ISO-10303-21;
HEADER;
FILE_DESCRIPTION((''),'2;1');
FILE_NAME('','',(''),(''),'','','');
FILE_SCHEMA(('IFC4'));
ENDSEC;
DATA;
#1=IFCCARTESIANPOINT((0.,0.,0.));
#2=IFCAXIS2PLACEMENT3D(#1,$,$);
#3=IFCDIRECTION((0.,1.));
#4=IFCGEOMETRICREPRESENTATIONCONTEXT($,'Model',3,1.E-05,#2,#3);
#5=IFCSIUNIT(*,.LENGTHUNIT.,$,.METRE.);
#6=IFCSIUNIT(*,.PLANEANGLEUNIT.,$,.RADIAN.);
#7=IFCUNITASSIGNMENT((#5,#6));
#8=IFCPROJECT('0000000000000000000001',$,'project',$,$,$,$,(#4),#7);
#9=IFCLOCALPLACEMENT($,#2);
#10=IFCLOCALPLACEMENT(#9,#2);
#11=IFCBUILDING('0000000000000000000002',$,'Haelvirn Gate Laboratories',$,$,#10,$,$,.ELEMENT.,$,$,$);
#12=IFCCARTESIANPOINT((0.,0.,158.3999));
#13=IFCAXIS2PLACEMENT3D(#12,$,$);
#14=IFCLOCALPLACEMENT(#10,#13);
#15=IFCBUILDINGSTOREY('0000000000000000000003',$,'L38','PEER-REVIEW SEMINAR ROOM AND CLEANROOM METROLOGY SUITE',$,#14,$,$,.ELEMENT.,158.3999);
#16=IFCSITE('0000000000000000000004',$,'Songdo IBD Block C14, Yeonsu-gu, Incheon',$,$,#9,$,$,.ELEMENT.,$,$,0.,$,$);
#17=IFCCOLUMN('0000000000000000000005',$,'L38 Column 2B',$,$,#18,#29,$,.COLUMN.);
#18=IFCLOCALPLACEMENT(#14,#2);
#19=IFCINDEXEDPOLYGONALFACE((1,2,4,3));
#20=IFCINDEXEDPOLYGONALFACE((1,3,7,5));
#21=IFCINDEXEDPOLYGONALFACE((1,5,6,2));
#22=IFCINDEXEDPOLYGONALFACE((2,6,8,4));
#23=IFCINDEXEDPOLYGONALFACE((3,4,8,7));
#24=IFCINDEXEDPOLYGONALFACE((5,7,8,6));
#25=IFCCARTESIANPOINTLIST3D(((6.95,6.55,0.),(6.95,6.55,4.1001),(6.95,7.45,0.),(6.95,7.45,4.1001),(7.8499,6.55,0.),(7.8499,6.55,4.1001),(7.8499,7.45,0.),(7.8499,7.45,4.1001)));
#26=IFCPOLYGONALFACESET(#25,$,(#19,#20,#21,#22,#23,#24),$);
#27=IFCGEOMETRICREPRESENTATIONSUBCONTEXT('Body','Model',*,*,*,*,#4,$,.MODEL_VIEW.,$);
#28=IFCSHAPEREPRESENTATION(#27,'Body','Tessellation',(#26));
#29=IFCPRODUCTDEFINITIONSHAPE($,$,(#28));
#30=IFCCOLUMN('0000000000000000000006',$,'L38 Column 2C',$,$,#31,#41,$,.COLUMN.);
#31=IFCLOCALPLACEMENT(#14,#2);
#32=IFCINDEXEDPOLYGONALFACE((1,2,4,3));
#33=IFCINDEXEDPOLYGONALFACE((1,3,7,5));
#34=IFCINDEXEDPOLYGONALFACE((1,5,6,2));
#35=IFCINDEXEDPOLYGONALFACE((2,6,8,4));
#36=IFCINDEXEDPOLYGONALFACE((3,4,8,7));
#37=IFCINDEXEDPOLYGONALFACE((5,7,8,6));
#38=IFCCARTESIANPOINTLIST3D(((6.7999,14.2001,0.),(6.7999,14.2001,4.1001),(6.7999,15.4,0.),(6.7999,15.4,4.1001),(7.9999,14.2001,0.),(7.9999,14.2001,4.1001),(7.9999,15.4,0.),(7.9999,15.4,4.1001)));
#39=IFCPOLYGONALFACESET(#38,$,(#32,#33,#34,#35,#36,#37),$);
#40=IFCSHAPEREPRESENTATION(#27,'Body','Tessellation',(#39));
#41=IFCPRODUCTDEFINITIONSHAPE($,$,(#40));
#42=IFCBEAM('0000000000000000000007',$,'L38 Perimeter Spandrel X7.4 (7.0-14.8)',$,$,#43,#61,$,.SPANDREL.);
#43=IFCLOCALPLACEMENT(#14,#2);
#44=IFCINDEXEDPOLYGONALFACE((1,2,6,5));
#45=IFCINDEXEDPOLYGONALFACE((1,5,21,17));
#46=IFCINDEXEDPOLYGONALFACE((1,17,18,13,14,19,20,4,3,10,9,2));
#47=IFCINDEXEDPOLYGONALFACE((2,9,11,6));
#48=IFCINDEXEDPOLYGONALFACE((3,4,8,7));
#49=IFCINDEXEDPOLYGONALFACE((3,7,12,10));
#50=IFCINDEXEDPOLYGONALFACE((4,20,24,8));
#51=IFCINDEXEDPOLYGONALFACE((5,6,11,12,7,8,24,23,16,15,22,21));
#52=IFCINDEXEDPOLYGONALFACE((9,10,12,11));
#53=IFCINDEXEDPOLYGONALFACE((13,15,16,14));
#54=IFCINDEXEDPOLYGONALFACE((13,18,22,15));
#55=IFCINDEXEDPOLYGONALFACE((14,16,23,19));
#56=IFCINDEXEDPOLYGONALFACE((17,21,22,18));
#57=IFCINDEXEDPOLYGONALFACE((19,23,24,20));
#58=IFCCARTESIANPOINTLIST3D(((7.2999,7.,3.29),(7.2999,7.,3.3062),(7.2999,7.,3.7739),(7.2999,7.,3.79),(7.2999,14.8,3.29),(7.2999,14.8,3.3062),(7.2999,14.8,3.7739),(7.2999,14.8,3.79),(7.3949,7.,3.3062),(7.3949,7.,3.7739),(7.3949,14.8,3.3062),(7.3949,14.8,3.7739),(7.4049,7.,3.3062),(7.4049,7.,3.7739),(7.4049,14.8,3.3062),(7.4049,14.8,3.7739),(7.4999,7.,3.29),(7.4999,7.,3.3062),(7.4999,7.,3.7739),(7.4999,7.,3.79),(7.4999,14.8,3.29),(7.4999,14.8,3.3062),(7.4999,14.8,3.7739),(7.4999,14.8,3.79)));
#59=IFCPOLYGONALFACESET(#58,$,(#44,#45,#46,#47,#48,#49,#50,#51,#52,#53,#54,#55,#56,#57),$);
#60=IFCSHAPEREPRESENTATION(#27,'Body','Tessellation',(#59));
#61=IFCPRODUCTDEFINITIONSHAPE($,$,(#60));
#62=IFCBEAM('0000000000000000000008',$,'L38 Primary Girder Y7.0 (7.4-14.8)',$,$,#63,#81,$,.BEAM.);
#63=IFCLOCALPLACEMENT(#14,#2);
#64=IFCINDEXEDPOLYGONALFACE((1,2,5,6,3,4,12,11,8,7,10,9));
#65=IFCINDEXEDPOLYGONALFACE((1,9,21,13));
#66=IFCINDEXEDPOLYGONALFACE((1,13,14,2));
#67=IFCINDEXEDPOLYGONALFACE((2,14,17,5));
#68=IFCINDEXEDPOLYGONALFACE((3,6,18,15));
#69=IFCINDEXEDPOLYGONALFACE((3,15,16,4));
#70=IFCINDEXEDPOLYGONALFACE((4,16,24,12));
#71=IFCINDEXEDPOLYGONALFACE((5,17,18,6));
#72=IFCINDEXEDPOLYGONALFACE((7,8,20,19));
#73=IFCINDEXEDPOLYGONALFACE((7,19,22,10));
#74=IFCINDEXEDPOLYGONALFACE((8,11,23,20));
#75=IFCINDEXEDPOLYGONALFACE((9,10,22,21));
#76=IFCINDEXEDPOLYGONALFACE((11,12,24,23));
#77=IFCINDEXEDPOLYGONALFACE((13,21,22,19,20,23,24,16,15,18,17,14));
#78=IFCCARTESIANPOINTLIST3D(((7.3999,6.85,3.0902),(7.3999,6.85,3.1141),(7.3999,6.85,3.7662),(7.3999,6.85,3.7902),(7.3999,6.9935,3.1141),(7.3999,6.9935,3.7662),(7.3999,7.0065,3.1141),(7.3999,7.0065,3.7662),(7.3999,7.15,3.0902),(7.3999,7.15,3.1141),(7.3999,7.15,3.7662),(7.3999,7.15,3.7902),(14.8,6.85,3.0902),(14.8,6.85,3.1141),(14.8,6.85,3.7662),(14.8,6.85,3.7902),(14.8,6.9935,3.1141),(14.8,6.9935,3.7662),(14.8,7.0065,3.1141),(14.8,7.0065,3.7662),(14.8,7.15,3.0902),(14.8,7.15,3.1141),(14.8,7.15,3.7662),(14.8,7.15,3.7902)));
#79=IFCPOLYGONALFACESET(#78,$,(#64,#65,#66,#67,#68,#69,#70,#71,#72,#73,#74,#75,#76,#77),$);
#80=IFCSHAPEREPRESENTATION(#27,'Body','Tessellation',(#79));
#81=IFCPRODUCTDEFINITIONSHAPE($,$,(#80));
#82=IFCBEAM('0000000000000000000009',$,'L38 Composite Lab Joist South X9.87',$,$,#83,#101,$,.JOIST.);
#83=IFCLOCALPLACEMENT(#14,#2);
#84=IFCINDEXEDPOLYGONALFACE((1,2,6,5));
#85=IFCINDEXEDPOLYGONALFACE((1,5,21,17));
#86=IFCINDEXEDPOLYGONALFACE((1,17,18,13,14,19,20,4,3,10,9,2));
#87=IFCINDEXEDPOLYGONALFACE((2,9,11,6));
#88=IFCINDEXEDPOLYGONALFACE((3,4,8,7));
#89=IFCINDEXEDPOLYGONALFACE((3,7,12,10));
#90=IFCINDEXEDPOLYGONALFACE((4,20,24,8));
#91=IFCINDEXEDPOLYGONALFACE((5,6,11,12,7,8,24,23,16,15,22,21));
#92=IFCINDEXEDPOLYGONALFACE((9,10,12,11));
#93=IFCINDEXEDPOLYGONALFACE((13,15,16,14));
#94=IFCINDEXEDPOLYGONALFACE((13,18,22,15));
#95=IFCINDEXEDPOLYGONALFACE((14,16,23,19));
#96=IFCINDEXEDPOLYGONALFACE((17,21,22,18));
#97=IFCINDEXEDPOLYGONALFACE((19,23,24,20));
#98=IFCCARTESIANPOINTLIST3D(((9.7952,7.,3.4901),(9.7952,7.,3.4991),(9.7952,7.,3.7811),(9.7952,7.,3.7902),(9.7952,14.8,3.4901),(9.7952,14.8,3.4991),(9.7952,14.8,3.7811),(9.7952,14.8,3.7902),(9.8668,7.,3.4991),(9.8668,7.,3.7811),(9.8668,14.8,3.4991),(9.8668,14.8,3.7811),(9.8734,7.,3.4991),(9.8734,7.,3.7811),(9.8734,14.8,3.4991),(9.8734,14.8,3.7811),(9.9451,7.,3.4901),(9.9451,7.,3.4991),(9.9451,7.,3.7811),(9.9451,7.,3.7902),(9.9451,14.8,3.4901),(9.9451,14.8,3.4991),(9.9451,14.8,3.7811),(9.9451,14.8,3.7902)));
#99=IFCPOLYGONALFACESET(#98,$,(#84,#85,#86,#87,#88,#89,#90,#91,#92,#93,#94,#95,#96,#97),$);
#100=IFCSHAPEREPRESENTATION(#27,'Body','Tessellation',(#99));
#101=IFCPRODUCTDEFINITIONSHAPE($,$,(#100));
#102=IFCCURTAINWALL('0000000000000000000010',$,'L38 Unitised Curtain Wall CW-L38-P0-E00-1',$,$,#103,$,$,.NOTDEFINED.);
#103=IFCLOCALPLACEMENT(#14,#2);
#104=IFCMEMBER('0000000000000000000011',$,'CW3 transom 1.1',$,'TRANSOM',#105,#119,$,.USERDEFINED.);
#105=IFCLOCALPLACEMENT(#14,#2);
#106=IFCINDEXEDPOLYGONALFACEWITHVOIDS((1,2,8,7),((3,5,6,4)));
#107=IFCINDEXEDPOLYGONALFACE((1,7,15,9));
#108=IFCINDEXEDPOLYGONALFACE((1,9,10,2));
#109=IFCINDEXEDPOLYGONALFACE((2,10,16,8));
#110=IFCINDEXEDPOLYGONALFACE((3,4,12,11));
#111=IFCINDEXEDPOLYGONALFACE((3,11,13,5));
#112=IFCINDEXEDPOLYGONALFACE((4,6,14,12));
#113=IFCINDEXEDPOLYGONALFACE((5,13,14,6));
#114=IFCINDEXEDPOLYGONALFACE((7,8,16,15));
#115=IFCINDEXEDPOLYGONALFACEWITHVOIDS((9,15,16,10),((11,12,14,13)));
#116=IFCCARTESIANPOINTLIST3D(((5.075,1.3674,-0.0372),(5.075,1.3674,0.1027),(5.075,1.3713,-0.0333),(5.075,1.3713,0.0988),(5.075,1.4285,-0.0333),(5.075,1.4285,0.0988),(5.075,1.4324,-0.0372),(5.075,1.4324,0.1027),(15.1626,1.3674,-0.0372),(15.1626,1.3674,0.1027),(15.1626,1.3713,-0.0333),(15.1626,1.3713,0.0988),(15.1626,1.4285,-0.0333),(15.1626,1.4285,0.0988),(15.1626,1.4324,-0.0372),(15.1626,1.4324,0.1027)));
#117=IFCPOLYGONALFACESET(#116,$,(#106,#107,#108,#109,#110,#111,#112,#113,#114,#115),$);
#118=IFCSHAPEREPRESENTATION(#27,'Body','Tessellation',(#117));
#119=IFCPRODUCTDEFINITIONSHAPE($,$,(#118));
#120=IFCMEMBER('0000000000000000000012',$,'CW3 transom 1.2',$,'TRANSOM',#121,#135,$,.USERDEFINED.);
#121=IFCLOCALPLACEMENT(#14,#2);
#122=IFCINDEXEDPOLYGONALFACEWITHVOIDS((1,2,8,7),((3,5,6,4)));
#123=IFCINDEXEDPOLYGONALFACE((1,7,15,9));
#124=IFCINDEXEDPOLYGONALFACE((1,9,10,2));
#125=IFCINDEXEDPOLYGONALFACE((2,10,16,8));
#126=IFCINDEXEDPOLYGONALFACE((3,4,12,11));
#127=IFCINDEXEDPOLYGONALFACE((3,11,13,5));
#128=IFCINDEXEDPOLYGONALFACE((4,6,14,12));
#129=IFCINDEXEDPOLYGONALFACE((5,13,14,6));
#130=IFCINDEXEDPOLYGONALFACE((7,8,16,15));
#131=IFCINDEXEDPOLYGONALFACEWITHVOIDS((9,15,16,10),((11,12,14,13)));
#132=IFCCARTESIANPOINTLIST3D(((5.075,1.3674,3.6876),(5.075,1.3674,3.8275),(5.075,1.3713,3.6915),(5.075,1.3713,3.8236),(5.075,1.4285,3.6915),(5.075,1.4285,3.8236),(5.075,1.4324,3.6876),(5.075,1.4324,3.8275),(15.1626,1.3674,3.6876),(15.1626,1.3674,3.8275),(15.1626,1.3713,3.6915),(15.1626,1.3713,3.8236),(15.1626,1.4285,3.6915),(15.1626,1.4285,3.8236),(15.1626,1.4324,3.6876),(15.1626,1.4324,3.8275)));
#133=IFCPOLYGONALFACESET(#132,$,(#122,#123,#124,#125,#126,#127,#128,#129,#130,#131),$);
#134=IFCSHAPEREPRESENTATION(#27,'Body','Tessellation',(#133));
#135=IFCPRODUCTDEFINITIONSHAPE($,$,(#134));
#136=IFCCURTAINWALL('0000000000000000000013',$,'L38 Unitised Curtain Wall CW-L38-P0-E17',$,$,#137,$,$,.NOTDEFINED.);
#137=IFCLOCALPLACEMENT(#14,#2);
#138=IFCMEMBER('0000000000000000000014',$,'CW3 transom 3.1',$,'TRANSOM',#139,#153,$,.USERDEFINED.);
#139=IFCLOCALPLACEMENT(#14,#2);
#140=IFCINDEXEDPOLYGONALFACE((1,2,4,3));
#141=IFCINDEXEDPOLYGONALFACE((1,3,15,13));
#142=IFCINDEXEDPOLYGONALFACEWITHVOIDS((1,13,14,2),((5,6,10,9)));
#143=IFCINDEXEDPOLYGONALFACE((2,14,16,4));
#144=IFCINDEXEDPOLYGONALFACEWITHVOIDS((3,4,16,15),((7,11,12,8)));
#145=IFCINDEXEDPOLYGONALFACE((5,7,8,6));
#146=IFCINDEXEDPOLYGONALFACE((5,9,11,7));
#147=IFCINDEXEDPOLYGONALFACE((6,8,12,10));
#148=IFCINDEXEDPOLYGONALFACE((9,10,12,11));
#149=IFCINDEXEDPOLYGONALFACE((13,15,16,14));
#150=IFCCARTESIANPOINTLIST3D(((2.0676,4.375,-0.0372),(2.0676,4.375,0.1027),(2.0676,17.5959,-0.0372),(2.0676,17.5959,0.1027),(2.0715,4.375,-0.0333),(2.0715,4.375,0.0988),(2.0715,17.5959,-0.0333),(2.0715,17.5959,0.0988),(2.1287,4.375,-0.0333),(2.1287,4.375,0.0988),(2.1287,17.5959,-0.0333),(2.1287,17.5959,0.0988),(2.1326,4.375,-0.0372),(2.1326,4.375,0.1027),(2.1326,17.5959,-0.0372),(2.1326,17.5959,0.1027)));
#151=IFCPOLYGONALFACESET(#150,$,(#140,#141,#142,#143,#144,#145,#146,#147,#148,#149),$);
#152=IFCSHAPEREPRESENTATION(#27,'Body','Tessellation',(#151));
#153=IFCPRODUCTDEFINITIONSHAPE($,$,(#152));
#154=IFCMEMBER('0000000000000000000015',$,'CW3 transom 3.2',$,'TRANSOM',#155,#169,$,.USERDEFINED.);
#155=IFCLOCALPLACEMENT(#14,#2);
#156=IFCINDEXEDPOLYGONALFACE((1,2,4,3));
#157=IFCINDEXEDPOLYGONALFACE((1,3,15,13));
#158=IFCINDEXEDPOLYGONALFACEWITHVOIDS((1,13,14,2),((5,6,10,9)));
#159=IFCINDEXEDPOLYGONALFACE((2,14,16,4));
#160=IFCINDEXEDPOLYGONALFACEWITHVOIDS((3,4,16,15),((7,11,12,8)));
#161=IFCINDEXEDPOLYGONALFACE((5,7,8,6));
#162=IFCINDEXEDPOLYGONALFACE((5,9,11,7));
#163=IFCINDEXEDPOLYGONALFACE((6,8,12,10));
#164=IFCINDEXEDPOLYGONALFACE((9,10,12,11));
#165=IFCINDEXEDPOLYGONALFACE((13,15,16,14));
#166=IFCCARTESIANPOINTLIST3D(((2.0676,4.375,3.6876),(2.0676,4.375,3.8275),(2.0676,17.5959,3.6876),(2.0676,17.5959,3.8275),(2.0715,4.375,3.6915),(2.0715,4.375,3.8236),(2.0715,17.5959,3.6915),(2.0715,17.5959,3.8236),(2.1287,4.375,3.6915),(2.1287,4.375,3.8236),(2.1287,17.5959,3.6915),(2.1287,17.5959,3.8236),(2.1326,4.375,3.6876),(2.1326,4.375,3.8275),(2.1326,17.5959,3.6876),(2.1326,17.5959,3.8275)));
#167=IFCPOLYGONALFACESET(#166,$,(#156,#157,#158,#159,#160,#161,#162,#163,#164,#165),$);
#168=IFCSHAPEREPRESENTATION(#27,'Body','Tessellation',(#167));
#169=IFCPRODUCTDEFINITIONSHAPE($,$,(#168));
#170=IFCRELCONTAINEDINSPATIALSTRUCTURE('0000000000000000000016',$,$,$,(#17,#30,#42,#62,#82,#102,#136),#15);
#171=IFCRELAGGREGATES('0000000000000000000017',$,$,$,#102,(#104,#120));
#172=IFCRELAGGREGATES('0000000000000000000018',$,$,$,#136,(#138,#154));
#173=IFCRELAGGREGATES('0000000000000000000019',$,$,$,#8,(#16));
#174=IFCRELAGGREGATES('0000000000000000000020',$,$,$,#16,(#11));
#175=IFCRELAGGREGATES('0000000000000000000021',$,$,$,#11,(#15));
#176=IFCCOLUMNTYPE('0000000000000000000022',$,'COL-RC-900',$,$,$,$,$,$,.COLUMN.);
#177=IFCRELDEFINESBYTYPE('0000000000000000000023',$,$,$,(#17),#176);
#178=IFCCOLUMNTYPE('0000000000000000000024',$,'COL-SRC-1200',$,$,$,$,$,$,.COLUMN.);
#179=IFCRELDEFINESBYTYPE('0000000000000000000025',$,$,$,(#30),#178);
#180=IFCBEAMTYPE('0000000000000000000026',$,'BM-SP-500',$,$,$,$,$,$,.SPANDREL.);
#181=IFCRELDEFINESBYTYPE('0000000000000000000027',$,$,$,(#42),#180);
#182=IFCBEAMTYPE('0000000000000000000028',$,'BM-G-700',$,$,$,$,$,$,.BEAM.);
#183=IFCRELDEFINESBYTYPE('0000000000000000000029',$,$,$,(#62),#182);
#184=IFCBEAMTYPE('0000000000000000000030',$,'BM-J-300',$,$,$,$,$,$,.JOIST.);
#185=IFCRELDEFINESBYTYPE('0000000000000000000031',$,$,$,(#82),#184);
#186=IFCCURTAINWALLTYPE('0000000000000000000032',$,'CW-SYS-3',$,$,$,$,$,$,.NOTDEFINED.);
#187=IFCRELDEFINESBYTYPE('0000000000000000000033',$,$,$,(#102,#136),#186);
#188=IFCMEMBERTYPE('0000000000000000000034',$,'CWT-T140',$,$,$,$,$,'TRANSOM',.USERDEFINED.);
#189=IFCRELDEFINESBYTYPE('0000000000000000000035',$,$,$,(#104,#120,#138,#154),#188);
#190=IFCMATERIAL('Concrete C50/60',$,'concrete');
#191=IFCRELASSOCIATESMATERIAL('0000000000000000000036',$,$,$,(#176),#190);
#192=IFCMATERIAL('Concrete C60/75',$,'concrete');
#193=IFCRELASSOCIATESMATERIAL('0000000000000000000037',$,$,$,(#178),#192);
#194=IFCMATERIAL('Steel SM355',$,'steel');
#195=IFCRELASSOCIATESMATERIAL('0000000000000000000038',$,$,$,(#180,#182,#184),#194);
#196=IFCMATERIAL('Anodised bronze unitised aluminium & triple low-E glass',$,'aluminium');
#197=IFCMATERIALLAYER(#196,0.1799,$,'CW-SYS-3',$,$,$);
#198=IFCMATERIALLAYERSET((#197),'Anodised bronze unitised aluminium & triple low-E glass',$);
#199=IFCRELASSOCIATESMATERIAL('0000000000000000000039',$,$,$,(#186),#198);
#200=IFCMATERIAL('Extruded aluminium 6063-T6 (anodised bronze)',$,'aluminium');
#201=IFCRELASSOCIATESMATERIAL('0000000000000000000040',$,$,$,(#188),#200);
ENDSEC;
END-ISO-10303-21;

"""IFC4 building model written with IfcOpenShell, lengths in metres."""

from ifc_helpers import new_model, si_unit, direction, frame, origin, origin_2d, place, context, subcontext, project, spatial, rectangle, hollow_rectangle, i_section, extrude, source, transform, mapped, material, layer, layer_set, material_profile, profile_set, type_object, type_shapes, element, aggregate, save


model = new_model("IFC4")

# Units and contexts
model_context = context("Model", 3, precision=1e-05, world=origin(), true_north=direction((0.0, 1.0)))
body_context = subcontext(model_context, "Body", "Model", "MODEL_VIEW")
ifc_project = project(units=[si_unit("LENGTHUNIT", "METRE"), si_unit("PLANEANGLEUNIT", "RADIAN")], contexts=[model_context])

# Site, building, storey
site_placement = place(None, origin())
site = spatial("IfcSite", under=ifc_project, at=site_placement, Name="Songdo IBD Block C14, Yeonsu-gu, Incheon", CompositionType="ELEMENT", RefElevation=0.0)
building_placement = place(site_placement, origin())
building = spatial("IfcBuilding", under=site, at=building_placement, Name="Haelvirn Gate Laboratories", CompositionType="ELEMENT")
storey_placement = place(building_placement, frame((0.0, 0.0, 158.3999)))
storey = spatial("IfcBuildingStorey", under=building, at=storey_placement, Name="L38", Description="PEER-REVIEW SEMINAR ROOM AND CLEANROOM METROLOGY SUITE", CompositionType="ELEMENT", Elevation=158.3999)

# Columns
ifc_material_1 = material(Name="Concrete C50/60", Category="concrete")
ifc_material_profile_1 = material_profile(ifc_material_1, rectangle(XDim=0.8999, YDim=0.8999, at=origin_2d()), Name="RC-900x900")
ifc_profile_set_1 = profile_set([ifc_material_profile_1], Name="Concrete C50/60")
column_type_1 = type_object("IfcColumnType", Name="COL-RC-900", PredefinedType="COLUMN", material=ifc_profile_set_1)
shared_shape_1 = source(origin(), body_context, "Body", "SweptSolid", [
    extrude(rectangle(XDim=0.8999, YDim=0.8999, at=origin_2d()), origin(), (0.0, 0.0, 1.0), 4.1001),
])
type_shapes(column_type_1, [shared_shape_1])
column_1_placement = place(storey_placement, frame((7.3999, 7.0, 0.0), z_axis=(0.0, 0.0, 1.0), x_axis=(1.0, 0.0, 0.0)))
element("IfcColumn", 1, at=column_1_placement, inside=storey, type_object=column_type_1, Name="L38 Column 2B", PredefinedType="COLUMN", context=body_context, shape_type="MappedRepresentation", body=[
    mapped(shared_shape_1, transform((0.0, 0.0, 0.0), scale=1.0)),
])
ifc_material_2 = material(Name="Concrete C60/75", Category="concrete")
ifc_material_profile_2 = material_profile(ifc_material_2, rectangle(XDim=1.2, YDim=1.2, at=origin_2d()), Name="SRC-1200x1200")
ifc_profile_set_2 = profile_set([ifc_material_profile_2], Name="Concrete C60/75")
column_type_2 = type_object("IfcColumnType", Name="COL-SRC-1200", PredefinedType="COLUMN", material=ifc_profile_set_2)
shared_shape_2 = source(origin(), body_context, "Body", "SweptSolid", [
    extrude(rectangle(XDim=1.2, YDim=1.2, at=origin_2d()), origin(), (0.0, 0.0, 1.0), 4.1001),
])
type_shapes(column_type_2, [shared_shape_2])
column_2_placement = place(storey_placement, frame((7.3999, 14.8, 0.0), z_axis=(0.0, 0.0, 1.0), x_axis=(1.0, 0.0, 0.0)))
element("IfcColumn", 2, at=column_2_placement, inside=storey, type_object=column_type_2, Name="L38 Column 2C", PredefinedType="COLUMN", context=body_context, shape_type="MappedRepresentation", body=[
    mapped(shared_shape_2, transform((0.0, 0.0, 0.0), scale=1.0)),
])

# Beams
ifc_material_3 = material(Name="Steel SM355", Category="steel")
ifc_material_profile_3 = material_profile(ifc_material_3, i_section(OverallWidth=0.2, OverallDepth=0.5, WebThickness=0.01, FlangeThickness=0.0161, at=origin_2d()), Name="H-500x200x10x16")
ifc_profile_set_3 = profile_set([ifc_material_profile_3], Name="Steel SM355")
beam_type_1 = type_object("IfcBeamType", Name="BM-SP-500", PredefinedType="SPANDREL", material=ifc_profile_set_3)
shared_shape_3 = source(origin(), body_context, "Body", "SweptSolid", [
    extrude(i_section(OverallWidth=0.2, OverallDepth=0.5, WebThickness=0.01, FlangeThickness=0.0161, at=origin_2d()), origin(), (0.0, 0.0, 1.0), 7.8),
])
type_shapes(beam_type_1, [shared_shape_3])
beam_1_placement = place(storey_placement, frame((7.3999, 7.0, 3.54), z_axis=(0.0, 1.0, 0.0), x_axis=(-1.0, 0.0, 0.0)))
element("IfcBeam", 3, at=beam_1_placement, inside=storey, type_object=beam_type_1, Name="L38 Perimeter Spandrel X7.4 (7.0-14.8)", PredefinedType="SPANDREL", context=body_context, shape_type="MappedRepresentation", body=[
    mapped(shared_shape_3, transform((0.0, 0.0, 0.0), scale=1.0)),
])
ifc_material_profile_4 = material_profile(ifc_material_3, i_section(OverallWidth=0.3, OverallDepth=0.7, WebThickness=0.0129, FlangeThickness=0.0239, at=origin_2d()), Name="H-700x300x13x24")
ifc_profile_set_4 = profile_set([ifc_material_profile_4], Name="Steel SM355")
beam_type_2 = type_object("IfcBeamType", Name="BM-G-700", PredefinedType="BEAM", material=ifc_profile_set_4)
shared_shape_4 = source(origin(), body_context, "Body", "SweptSolid", [
    extrude(i_section(OverallWidth=0.3, OverallDepth=0.7, WebThickness=0.0129, FlangeThickness=0.0239, at=origin_2d()), origin(), (0.0, 0.0, 1.0), 7.4001),
])
type_shapes(beam_type_2, [shared_shape_4])
beam_2_placement = place(storey_placement, frame((7.3999, 7.0, 3.4402), z_axis=(1.0, 0.0, 0.0), x_axis=(0.0, 1.0, 0.0)))
element("IfcBeam", 4, at=beam_2_placement, inside=storey, type_object=beam_type_2, Name="L38 Primary Girder Y7.0 (7.4-14.8)", PredefinedType="BEAM", context=body_context, shape_type="MappedRepresentation", body=[
    mapped(shared_shape_4, transform((0.0, 0.0, 0.0), scale=1.0)),
])
ifc_material_profile_5 = material_profile(ifc_material_3, i_section(OverallWidth=0.1499, OverallDepth=0.3, WebThickness=0.0066, FlangeThickness=0.009, at=origin_2d()), Name="H-300x150x6.5x9")
ifc_profile_set_5 = profile_set([ifc_material_profile_5], Name="Steel SM355")
beam_type_3 = type_object("IfcBeamType", Name="BM-J-300", PredefinedType="JOIST", material=ifc_profile_set_5)
shared_shape_5 = source(origin(), body_context, "Body", "SweptSolid", [
    extrude(i_section(OverallWidth=0.1499, OverallDepth=0.3, WebThickness=0.0066, FlangeThickness=0.009, at=origin_2d()), origin(), (0.0, 0.0, 1.0), 7.8),
])
type_shapes(beam_type_3, [shared_shape_5])
beam_3_placement = place(storey_placement, frame((9.8701, 7.0, 3.6401), z_axis=(0.0, 1.0, 0.0), x_axis=(-1.0, 0.0, 0.0)))
element("IfcBeam", 5, at=beam_3_placement, inside=storey, type_object=beam_type_3, Name="L38 Composite Lab Joist South X9.87", PredefinedType="JOIST", context=body_context, shape_type="MappedRepresentation", body=[
    mapped(shared_shape_5, transform((0.0, 0.0, 0.0), scale=1.0)),
])

# Curtain walls, members
ifc_material_4 = material(Name="Anodised bronze unitised aluminium & triple low-E glass", Category="aluminium")
ifc_layer_1 = layer(ifc_material_4, 0.1799, Name="CW-SYS-3")
ifc_layer_set_1 = layer_set([ifc_layer_1], Name="Anodised bronze unitised aluminium & triple low-E glass")
curtain_wall_type_1 = type_object("IfcCurtainWallType", Name="CW-SYS-3", PredefinedType="NOTDEFINED", material=ifc_layer_set_1)
curtain_wall_1_placement = place(storey_placement, origin())
curtain_wall_1 = element("IfcCurtainWall", 6, at=curtain_wall_1_placement, inside=storey, type_object=curtain_wall_type_1, Name="L38 Unitised Curtain Wall CW-L38-P0-E00-1", PredefinedType="NOTDEFINED")
ifc_material_5 = material(Name="Extruded aluminium 6063-T6 (anodised bronze)", Category="aluminium")
ifc_material_profile_6 = material_profile(ifc_material_5, hollow_rectangle(XDim=0.0649, YDim=0.1399, WallThickness=0.0039, at=origin_2d()), Name="CWT-140x65x4")
ifc_profile_set_6 = profile_set([ifc_material_profile_6], Name="Extruded aluminium 6063-T6 (anodised bronze)")
member_type_1 = type_object("IfcMemberType", Name="CWT-T140", ElementType="TRANSOM", PredefinedType="USERDEFINED", material=ifc_profile_set_6)
shared_shape_6 = source(origin(), body_context, "Body", "SweptSolid", [
    extrude(hollow_rectangle(XDim=0.0649, YDim=0.1399, WallThickness=0.0039, at=origin_2d()), origin(), (0.0, 0.0, 1.0), 10.0876),
])
member_1_placement = place(storey_placement, frame((5.075, 1.3999, 0.0327), z_axis=(1.0, 0.0, 0.0), x_axis=(0.0, 1.0, 0.0)))
member_1 = element("IfcMember", 7, at=member_1_placement, type_object=member_type_1, Name="CW3 transom 1.1", ObjectType="TRANSOM", PredefinedType="USERDEFINED", context=body_context, shape_type="MappedRepresentation", body=[
    mapped(shared_shape_6, transform((0.0, 0.0, 0.0), scale=1.0)),
])
member_2_placement = place(storey_placement, frame((5.075, 1.3999, 3.7576), z_axis=(1.0, 0.0, 0.0), x_axis=(0.0, 1.0, 0.0)))
member_2 = element("IfcMember", 8, at=member_2_placement, type_object=member_type_1, Name="CW3 transom 1.2", ObjectType="TRANSOM", PredefinedType="USERDEFINED", context=body_context, shape_type="MappedRepresentation", body=[
    mapped(shared_shape_6, transform((0.0, 0.0, 0.0), scale=1.0)),
])
aggregate(curtain_wall_1, [member_1, member_2])
curtain_wall_2_placement = place(storey_placement, origin())
curtain_wall_2 = element("IfcCurtainWall", 9, at=curtain_wall_2_placement, inside=storey, type_object=curtain_wall_type_1, Name="L38 Unitised Curtain Wall CW-L38-P0-E17", PredefinedType="NOTDEFINED")
shared_shape_7 = source(origin(), body_context, "Body", "SweptSolid", [
    extrude(hollow_rectangle(XDim=0.0649, YDim=0.1399, WallThickness=0.0039, at=origin_2d()), origin(), (0.0, 0.0, 1.0), 13.2209),
])
member_3_placement = place(storey_placement, frame((2.1001, 17.5959, 0.0327), z_axis=(0.0, -1.0, 0.0), x_axis=(1.0, 0.0, 0.0)))
member_3 = element("IfcMember", 10, at=member_3_placement, type_object=member_type_1, Name="CW3 transom 3.1", ObjectType="TRANSOM", PredefinedType="USERDEFINED", context=body_context, shape_type="MappedRepresentation", body=[
    mapped(shared_shape_7, transform((0.0, 0.0, 0.0), scale=1.0)),
])
member_4_placement = place(storey_placement, frame((2.1001, 17.5959, 3.7576), z_axis=(0.0, -1.0, 0.0), x_axis=(1.0, 0.0, 0.0)))
member_4 = element("IfcMember", 11, at=member_4_placement, type_object=member_type_1, Name="CW3 transom 3.2", ObjectType="TRANSOM", PredefinedType="USERDEFINED", context=body_context, shape_type="MappedRepresentation", body=[
    mapped(shared_shape_7, transform((0.0, 0.0, 0.0), scale=1.0)),
])

aggregate(curtain_wall_2, [member_3, member_4])

save(model, "model.ifc")
